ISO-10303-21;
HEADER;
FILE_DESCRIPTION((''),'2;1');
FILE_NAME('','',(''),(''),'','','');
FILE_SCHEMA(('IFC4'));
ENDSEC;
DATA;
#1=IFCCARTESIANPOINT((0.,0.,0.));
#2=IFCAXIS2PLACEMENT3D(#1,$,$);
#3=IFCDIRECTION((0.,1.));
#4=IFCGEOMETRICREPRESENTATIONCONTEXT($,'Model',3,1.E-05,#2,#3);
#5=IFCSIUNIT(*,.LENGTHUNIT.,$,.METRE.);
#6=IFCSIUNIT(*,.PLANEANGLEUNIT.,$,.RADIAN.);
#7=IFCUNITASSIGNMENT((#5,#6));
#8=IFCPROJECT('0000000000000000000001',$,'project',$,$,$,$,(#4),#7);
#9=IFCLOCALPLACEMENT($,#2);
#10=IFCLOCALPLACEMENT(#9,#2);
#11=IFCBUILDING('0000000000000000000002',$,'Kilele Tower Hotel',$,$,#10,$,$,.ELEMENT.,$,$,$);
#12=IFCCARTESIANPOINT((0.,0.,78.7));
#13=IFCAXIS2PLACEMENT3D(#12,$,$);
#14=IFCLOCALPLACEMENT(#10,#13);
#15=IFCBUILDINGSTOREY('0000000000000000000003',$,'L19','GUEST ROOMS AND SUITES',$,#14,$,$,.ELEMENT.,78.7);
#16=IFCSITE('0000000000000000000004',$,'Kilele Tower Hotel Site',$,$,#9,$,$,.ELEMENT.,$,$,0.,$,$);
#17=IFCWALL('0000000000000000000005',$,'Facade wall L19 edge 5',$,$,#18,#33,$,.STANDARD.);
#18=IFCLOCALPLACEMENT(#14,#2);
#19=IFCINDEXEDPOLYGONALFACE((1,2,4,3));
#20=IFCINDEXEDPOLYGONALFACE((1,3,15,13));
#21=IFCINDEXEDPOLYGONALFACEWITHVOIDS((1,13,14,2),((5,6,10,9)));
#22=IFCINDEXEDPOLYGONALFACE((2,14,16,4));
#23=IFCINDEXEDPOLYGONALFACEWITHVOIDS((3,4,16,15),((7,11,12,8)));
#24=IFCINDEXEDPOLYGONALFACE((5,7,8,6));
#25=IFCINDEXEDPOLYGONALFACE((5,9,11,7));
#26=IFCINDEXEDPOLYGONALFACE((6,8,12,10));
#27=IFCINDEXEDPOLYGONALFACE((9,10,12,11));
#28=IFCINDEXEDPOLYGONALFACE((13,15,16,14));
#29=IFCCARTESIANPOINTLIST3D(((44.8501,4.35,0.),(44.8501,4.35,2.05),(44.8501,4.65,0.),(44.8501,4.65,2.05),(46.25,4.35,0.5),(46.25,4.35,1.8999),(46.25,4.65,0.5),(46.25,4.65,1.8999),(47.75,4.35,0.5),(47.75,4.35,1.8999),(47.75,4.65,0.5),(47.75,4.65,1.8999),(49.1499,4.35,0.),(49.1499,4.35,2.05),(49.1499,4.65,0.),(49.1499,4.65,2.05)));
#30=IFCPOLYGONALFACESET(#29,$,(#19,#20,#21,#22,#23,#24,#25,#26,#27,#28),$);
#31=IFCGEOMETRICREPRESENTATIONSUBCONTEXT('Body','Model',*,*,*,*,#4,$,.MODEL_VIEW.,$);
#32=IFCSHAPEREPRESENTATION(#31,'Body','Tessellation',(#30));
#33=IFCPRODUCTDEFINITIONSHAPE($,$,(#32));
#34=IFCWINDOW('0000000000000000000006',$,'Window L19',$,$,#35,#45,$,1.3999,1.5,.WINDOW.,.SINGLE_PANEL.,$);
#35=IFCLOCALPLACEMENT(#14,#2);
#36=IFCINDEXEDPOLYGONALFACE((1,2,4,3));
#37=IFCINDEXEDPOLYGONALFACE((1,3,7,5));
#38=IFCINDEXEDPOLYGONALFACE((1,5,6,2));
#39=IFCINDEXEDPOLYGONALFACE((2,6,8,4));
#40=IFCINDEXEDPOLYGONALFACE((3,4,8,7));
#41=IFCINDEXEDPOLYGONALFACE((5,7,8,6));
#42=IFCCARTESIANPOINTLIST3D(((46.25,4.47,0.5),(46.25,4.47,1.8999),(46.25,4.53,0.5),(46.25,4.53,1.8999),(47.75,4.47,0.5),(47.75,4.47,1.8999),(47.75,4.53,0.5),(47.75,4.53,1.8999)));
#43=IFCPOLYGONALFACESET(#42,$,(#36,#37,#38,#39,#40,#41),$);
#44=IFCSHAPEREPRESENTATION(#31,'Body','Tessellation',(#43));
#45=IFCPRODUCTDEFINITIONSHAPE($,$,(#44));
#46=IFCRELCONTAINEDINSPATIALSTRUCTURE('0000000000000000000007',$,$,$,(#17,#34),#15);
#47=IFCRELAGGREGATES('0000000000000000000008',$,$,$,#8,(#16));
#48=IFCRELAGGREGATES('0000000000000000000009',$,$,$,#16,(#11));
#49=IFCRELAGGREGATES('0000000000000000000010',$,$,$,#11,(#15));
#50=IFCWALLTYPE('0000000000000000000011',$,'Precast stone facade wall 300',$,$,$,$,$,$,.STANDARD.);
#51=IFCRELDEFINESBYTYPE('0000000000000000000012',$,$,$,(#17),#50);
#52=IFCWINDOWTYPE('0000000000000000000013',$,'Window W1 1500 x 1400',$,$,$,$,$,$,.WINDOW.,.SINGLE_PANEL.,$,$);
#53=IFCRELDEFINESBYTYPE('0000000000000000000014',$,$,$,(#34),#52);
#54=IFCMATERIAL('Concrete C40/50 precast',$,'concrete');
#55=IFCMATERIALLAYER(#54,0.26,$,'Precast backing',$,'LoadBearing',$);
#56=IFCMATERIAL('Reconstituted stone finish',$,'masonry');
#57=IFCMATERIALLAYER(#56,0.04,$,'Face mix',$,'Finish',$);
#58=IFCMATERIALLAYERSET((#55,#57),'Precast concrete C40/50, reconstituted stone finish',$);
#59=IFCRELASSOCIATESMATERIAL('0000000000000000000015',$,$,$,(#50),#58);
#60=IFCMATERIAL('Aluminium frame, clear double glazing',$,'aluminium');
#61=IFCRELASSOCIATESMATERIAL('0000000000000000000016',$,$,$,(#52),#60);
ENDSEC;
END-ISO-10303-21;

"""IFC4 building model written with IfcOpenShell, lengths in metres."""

from ifc_helpers import new_model, si_unit, direction, frame, frame_2d, origin, place, context, subcontext, project, spatial, rectangle, extrude, material, layer, layer_set, type_object, element, fill, save


model = new_model("IFC4")

# Units and contexts
model_context = context("Model", 3, precision=1e-05, world=origin(), true_north=direction((0.0, 1.0)))
body_context = subcontext(model_context, "Body", "Model", "MODEL_VIEW")
ifc_project = project(units=[si_unit("LENGTHUNIT", "METRE"), si_unit("PLANEANGLEUNIT", "RADIAN")], contexts=[model_context])

# Site, building, storey
site_placement = place(None, origin())
site = spatial("IfcSite", under=ifc_project, at=site_placement, Name="Kilele Tower Hotel Site", CompositionType="ELEMENT", RefElevation=0.0)
building_placement = place(site_placement, origin())
building = spatial("IfcBuilding", under=site, at=building_placement, Name="Kilele Tower Hotel", CompositionType="ELEMENT")
storey_placement = place(building_placement, frame((0.0, 0.0, 78.7)))
storey = spatial("IfcBuildingStorey", under=building, at=storey_placement, Name="L19", Description="GUEST ROOMS AND SUITES", CompositionType="ELEMENT", Elevation=78.7)

# Wall, opening, window
ifc_material_1 = material(Name="Concrete C40/50 precast", Category="concrete")
ifc_layer_1 = layer(ifc_material_1, 0.26, Name="Precast backing", Category="LoadBearing")
ifc_material_2 = material(Name="Reconstituted stone finish", Category="masonry")
ifc_layer_2 = layer(ifc_material_2, 0.04, Name="Face mix", Category="Finish")
ifc_layer_set_1 = layer_set([ifc_layer_1, ifc_layer_2], Name="Precast concrete C40/50, reconstituted stone finish")
wall_type_1 = type_object("IfcWallType", Name="Precast stone facade wall 300", PredefinedType="STANDARD", material=ifc_layer_set_1)
ifc_material_3 = material(Name="Aluminium frame, clear double glazing", Category="aluminium")
window_type = type_object("IfcWindowType", Name="Window W1 1500 x 1400", PartitioningType="SINGLE_PANEL", PredefinedType="WINDOW", material=ifc_material_3)
wall_1_placement = place(storey_placement, frame((44.8501, 4.5, 0.0), z_axis=(0.0, 0.0, 1.0), x_axis=(1.0, 0.0, 0.0)))
wall_1 = element("IfcWall", 1, at=wall_1_placement, inside=storey, type_object=wall_type_1, Name="Facade wall L19 edge 5", PredefinedType="STANDARD", context=body_context, shape_type="SweptSolid", body=[
    extrude(rectangle(XDim=4.2998, YDim=0.3, at=frame_2d((2.1499, 0.0))), origin(), (0.0, 0.0, 1.0), 2.05),
])
opening_1_placement = place(wall_1_placement, frame((1.3999, 0.0, 0.5)))
opening_1 = element("IfcOpeningElement", 2, at=opening_1_placement, cuts=wall_1, PredefinedType="OPENING", context=body_context, shape_type="SweptSolid", body=[
    extrude(rectangle(XDim=1.5, YDim=1.3999, at=frame_2d((0.75, 0.7))), frame((0.0, 0.1599, 0.0), z_axis=(0.0, -1.0, 0.0), x_axis=(1.0, 0.0, 0.0)), (0.0, 0.0, 1.0), 0.3201),
])
window_1_placement = place(opening_1_placement, origin())
window_1 = element("IfcWindow", 3, at=window_1_placement, inside=storey, type_object=window_type, Name="Window L19", OverallHeight=1.3999, OverallWidth=1.5, PartitioningType="SINGLE_PANEL", PredefinedType="WINDOW", context=body_context, shape_type="SweptSolid", body=[
    extrude(rectangle(XDim=1.5, YDim=1.3999, at=frame_2d((0.75, 0.7))), frame((0.0, 0.03, 0.0), z_axis=(0.0, -1.0, 0.0), x_axis=(1.0, 0.0, 0.0)), (0.0, 0.0, 1.0), 0.0601),
])
fill(opening_1, window_1)

save(model, "model.ifc")
